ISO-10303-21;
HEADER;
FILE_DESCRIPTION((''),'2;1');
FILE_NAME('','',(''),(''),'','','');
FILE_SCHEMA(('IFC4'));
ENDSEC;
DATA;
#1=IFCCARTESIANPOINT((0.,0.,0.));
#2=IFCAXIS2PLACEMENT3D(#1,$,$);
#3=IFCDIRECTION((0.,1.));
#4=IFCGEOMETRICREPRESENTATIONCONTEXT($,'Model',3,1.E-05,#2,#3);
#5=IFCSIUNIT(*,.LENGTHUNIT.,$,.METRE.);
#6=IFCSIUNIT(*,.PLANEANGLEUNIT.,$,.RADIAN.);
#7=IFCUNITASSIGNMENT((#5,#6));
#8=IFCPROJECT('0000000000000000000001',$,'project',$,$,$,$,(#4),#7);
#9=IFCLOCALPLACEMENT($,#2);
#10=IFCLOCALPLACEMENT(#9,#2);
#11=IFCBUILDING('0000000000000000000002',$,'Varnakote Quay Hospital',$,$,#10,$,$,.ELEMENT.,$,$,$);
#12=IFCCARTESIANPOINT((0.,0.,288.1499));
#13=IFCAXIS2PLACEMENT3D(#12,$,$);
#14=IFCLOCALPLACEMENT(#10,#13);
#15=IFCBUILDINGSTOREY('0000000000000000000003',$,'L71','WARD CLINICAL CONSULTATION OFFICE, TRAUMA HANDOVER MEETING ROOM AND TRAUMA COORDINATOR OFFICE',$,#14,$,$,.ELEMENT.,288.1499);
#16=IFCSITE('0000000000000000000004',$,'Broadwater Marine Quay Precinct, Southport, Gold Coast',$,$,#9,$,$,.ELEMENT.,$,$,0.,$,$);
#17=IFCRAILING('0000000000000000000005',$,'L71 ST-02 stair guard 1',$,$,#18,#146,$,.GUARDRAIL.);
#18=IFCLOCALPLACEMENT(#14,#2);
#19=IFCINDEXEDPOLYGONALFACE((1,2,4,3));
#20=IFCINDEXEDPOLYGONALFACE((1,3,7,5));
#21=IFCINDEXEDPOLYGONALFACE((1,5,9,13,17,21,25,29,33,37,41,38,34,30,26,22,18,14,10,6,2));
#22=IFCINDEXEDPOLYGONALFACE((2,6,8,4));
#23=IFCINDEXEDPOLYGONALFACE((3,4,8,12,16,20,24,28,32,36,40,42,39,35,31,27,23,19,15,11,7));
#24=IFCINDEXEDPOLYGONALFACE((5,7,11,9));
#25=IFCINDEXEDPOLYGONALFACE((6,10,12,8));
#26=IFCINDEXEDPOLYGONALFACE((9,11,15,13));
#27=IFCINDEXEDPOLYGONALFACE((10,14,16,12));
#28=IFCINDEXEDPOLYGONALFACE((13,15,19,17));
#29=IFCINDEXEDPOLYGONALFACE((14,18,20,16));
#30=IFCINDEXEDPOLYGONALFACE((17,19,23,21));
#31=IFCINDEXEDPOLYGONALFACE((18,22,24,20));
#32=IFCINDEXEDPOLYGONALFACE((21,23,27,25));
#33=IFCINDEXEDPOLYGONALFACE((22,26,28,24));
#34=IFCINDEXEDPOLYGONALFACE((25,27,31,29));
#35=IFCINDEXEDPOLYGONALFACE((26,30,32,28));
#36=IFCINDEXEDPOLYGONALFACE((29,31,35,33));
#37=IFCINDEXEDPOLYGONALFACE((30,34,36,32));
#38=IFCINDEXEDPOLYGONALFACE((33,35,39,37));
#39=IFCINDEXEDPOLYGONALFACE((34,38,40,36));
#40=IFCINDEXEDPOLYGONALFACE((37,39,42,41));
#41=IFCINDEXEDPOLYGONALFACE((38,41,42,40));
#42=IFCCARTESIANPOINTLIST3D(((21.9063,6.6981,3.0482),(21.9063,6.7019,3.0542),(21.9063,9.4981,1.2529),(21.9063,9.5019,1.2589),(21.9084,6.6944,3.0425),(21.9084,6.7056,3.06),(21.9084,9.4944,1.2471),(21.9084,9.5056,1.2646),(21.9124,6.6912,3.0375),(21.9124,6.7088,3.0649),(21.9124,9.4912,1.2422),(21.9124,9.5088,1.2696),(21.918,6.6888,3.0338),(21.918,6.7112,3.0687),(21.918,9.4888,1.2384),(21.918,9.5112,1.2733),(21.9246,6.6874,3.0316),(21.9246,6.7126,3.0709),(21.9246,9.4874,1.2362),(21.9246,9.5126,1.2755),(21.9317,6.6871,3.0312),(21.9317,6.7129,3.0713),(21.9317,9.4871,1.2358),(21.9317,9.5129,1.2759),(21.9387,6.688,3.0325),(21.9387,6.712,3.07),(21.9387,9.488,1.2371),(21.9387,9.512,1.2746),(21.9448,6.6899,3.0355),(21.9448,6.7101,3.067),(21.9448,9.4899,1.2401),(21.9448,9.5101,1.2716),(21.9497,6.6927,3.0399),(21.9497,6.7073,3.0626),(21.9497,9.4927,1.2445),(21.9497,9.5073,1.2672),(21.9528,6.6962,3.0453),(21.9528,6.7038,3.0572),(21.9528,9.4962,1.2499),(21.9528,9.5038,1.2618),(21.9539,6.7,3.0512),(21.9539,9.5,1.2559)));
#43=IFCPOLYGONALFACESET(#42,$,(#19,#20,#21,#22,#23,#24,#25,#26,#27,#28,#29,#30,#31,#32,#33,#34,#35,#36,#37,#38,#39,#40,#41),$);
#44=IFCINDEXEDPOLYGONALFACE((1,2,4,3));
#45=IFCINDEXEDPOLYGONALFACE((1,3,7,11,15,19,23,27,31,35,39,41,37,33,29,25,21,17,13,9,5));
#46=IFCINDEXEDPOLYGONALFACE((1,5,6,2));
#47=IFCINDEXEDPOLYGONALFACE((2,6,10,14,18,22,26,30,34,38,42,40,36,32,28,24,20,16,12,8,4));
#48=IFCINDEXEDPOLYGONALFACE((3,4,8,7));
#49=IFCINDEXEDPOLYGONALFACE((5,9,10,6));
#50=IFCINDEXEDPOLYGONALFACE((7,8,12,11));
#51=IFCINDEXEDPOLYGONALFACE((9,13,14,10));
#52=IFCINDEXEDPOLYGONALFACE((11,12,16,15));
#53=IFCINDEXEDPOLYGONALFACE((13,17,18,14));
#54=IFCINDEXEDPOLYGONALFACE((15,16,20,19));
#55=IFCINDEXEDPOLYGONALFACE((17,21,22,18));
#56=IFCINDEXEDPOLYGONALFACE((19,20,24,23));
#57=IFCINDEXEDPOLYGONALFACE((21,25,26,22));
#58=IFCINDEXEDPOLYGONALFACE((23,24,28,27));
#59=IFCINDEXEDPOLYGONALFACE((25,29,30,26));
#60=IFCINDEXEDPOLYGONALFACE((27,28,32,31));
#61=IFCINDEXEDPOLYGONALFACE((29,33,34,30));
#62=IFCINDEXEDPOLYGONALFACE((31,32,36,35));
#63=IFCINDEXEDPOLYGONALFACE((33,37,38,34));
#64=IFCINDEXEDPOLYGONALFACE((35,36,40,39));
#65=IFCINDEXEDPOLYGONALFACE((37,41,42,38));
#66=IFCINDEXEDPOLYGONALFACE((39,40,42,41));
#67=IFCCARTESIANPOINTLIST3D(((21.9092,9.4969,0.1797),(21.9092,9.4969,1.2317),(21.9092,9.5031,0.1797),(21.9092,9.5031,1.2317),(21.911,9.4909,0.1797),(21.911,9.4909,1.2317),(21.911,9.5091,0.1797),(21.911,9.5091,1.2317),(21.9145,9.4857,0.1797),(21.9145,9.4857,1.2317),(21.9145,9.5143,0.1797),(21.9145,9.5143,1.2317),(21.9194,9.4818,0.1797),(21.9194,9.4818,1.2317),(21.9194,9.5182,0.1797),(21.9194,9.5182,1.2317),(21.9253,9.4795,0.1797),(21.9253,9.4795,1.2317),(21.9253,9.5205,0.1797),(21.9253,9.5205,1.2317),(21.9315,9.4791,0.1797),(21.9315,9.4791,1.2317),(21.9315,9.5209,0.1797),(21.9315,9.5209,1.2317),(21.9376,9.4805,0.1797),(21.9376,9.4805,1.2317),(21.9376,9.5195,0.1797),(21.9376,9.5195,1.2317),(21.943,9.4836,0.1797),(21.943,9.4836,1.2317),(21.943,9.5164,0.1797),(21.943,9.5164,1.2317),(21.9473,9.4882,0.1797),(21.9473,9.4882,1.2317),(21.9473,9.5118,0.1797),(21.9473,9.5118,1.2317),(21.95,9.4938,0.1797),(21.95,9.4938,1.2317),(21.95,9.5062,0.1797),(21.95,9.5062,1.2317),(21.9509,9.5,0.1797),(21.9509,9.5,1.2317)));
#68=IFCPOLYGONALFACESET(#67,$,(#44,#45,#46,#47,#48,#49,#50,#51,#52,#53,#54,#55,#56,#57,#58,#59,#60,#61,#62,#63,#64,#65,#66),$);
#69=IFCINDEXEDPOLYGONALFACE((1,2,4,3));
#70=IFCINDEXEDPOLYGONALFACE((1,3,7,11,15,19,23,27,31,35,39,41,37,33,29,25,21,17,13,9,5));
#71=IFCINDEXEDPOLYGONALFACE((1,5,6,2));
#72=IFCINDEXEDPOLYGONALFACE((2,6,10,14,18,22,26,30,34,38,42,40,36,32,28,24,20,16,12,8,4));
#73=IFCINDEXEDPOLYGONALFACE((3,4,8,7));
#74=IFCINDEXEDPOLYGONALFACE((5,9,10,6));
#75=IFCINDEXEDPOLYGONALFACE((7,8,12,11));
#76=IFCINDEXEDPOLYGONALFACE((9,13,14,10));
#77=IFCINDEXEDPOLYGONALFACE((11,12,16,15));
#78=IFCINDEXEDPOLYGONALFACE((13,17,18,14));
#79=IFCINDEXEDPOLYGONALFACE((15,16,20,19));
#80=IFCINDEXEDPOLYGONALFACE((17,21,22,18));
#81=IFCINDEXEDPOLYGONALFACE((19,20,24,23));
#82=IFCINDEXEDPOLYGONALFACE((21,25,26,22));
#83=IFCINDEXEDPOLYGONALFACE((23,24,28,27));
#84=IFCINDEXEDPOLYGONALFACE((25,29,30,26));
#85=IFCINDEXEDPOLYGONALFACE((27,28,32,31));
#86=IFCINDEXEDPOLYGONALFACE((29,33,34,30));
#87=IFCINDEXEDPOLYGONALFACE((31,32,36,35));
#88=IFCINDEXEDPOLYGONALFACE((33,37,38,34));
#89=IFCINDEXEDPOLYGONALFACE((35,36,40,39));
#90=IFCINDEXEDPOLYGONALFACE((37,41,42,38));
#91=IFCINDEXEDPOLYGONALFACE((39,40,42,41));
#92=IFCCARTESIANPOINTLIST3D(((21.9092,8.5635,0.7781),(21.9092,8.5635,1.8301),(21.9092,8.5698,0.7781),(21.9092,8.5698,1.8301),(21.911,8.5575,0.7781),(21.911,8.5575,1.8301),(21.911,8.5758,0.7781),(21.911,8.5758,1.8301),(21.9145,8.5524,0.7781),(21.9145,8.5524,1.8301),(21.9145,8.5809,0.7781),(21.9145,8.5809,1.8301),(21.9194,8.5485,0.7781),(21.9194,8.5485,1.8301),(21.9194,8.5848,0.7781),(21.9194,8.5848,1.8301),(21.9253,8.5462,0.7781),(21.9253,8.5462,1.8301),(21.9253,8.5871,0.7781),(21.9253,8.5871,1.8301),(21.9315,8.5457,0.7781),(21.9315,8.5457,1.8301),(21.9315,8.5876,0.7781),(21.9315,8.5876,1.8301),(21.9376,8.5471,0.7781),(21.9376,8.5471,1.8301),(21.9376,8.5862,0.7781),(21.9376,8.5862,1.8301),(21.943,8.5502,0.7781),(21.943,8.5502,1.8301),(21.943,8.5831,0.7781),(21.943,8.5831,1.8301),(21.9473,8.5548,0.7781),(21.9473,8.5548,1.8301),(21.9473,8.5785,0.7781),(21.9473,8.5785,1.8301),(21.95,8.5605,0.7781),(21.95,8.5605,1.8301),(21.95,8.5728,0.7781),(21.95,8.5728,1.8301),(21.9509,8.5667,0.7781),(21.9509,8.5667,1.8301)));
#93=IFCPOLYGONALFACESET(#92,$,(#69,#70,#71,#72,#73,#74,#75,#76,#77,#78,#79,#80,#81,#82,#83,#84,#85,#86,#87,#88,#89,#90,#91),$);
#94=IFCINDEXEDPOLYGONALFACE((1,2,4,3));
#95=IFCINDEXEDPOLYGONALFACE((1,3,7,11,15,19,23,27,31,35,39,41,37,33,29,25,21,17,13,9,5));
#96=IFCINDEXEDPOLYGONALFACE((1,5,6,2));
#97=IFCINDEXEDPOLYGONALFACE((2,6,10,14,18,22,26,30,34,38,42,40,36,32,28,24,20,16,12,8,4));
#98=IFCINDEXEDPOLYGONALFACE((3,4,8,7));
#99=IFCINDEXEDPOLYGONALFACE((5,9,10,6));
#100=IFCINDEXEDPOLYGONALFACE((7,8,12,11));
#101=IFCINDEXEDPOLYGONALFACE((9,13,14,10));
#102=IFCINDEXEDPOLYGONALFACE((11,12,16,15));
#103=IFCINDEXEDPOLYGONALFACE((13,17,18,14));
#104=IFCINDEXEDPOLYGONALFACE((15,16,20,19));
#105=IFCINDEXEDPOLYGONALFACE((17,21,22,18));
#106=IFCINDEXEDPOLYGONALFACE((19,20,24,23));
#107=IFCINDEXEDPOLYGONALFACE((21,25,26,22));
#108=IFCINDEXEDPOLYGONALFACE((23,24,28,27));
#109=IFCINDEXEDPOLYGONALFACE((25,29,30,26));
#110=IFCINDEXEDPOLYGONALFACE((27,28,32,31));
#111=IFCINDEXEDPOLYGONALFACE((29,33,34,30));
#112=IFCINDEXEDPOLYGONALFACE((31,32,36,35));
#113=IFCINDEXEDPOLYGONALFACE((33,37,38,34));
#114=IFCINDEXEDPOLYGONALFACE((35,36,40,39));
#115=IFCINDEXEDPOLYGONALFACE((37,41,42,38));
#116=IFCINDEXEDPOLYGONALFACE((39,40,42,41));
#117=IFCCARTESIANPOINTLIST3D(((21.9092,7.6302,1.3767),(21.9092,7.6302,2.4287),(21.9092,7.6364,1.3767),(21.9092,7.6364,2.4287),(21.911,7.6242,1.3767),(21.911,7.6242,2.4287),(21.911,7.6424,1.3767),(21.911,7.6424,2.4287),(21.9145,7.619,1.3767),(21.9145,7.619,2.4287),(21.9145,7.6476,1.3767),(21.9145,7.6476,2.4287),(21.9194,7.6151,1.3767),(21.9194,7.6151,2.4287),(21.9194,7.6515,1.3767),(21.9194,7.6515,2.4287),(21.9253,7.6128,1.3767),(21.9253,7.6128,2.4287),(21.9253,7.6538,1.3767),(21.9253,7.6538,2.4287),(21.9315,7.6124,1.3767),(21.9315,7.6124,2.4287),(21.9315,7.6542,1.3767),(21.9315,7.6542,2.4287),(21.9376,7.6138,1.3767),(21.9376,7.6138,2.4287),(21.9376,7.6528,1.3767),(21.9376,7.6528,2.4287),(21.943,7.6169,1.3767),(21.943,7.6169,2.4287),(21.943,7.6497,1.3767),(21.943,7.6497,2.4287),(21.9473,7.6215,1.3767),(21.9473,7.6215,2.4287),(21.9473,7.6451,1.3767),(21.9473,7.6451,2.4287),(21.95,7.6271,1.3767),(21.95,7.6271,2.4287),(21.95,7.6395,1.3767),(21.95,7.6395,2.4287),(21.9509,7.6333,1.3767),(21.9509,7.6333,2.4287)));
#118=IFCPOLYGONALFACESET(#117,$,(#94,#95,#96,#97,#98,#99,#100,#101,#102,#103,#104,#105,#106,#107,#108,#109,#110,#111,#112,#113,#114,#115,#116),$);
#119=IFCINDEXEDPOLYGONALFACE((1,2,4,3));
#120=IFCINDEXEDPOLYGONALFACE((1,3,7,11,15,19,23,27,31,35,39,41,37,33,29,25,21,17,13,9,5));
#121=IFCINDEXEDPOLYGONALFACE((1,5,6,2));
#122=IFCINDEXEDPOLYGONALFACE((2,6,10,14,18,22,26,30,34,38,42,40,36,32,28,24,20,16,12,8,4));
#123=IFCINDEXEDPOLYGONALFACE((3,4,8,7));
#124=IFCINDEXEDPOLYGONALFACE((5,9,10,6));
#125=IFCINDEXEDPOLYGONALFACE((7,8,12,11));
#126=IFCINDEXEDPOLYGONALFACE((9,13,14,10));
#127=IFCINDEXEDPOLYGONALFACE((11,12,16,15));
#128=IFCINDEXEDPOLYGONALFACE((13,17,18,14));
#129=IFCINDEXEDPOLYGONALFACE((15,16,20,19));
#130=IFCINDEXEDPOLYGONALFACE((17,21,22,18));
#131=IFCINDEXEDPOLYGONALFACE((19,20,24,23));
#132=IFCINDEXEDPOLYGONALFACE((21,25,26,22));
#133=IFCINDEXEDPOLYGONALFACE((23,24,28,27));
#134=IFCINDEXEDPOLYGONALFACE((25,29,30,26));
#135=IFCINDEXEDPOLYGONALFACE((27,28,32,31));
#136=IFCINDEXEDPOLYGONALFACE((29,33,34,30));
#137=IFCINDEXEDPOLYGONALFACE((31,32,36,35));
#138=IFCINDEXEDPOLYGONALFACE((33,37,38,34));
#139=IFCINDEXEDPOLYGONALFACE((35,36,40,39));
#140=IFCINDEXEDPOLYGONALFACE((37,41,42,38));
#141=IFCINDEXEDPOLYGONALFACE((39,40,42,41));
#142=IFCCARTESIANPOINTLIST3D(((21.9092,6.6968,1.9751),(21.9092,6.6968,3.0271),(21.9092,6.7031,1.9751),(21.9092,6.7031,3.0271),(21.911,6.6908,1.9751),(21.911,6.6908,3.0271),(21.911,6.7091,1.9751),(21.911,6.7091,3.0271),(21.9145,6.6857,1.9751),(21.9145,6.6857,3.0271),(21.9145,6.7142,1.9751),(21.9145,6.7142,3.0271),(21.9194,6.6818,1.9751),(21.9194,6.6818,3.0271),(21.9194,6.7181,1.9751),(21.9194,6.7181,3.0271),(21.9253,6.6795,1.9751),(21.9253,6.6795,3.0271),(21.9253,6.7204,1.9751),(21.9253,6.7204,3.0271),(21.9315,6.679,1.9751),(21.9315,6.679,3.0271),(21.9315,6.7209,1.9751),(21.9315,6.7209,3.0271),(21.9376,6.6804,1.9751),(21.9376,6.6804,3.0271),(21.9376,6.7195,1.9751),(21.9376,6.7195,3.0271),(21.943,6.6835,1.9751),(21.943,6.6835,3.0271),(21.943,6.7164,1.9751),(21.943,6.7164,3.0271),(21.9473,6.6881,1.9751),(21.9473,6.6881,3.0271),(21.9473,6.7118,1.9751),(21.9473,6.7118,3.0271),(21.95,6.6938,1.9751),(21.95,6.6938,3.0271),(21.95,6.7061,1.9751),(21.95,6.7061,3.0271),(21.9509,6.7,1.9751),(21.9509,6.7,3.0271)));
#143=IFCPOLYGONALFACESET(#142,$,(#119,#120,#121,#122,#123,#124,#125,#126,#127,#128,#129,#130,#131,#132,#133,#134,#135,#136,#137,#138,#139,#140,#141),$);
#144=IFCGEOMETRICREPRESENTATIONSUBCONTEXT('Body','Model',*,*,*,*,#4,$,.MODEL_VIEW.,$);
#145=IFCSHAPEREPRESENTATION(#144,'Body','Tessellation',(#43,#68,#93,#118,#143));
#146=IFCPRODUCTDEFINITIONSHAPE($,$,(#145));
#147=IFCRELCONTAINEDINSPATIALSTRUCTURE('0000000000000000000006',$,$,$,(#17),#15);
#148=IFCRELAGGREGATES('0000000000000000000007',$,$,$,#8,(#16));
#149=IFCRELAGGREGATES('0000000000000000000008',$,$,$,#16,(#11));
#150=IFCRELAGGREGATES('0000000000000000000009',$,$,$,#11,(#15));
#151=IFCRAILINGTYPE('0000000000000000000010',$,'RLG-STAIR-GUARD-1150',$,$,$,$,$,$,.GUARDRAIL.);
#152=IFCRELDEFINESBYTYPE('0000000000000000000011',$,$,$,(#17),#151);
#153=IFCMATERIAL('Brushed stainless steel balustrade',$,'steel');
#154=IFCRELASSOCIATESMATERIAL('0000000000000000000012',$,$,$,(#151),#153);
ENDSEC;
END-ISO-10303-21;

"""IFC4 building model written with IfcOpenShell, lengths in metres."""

from ifc_helpers import new_model, si_unit, direction, frame, origin, origin_2d, place, context, subcontext, project, spatial, circle, extrude, material, type_object, element, save


model = new_model("IFC4")

# Units and contexts
model_context = context("Model", 3, precision=1e-05, world=origin(), true_north=direction((0.0, 1.0)))
body_context = subcontext(model_context, "Body", "Model", "MODEL_VIEW")
ifc_project = project(units=[si_unit("LENGTHUNIT", "METRE"), si_unit("PLANEANGLEUNIT", "RADIAN")], contexts=[model_context])

# Site, building, storey
site_placement = place(None, origin())
site = spatial("IfcSite", under=ifc_project, at=site_placement, Name="Broadwater Marine Quay Precinct, Southport, Gold Coast", CompositionType="ELEMENT", RefElevation=0.0)
building_placement = place(site_placement, origin())
building = spatial("IfcBuilding", under=site, at=building_placement, Name="Varnakote Quay Hospital", CompositionType="ELEMENT")
storey_placement = place(building_placement, frame((0.0, 0.0, 288.1499)))
storey = spatial("IfcBuildingStorey", under=building, at=storey_placement, Name="L71", Description="WARD CLINICAL CONSULTATION OFFICE, TRAUMA HANDOVER MEETING ROOM AND TRAUMA COORDINATOR OFFICE", CompositionType="ELEMENT", Elevation=288.1499)

# Railing
ifc_material_1 = material(Name="Brushed stainless steel balustrade", Category="steel")
railing_type_1 = type_object("IfcRailingType", Name="RLG-STAIR-GUARD-1150", PredefinedType="GUARDRAIL", material=ifc_material_1)
railing_1_placement = place(storey_placement, frame((21.9299, 9.5, 0.1797)))
element("IfcRailing", 1, at=railing_1_placement, inside=storey, type_object=railing_type_1, Name="L71 ST-02 stair guard 1", PredefinedType="GUARDRAIL", context=body_context, shape_type="SweptSolid", body=[
    extrude(circle(Radius=0.0239, at=origin_2d()), frame((0.0, 0.0, 1.0762), z_axis=(0.0, -0.84181, 0.539774), x_axis=(1.0, 0.0, 0.0)), (0.0, 0.0, 1.0), 3.3262),
    extrude(circle(Radius=0.021, at=origin_2d()), origin(), (0.0, 0.0, 1.0), 1.052),
    extrude(circle(Radius=0.021, at=origin_2d()), frame((0.0, -0.9333, 0.5984)), (0.0, 0.0, 1.0), 1.052),
    extrude(circle(Radius=0.021, at=origin_2d()), frame((0.0, -1.8667, 1.197)), (0.0, 0.0, 1.0), 1.052),
    extrude(circle(Radius=0.021, at=origin_2d()), frame((0.0, -2.8, 1.7954)), (0.0, 0.0, 1.0), 1.052),
])

save(model, "model.ifc")
